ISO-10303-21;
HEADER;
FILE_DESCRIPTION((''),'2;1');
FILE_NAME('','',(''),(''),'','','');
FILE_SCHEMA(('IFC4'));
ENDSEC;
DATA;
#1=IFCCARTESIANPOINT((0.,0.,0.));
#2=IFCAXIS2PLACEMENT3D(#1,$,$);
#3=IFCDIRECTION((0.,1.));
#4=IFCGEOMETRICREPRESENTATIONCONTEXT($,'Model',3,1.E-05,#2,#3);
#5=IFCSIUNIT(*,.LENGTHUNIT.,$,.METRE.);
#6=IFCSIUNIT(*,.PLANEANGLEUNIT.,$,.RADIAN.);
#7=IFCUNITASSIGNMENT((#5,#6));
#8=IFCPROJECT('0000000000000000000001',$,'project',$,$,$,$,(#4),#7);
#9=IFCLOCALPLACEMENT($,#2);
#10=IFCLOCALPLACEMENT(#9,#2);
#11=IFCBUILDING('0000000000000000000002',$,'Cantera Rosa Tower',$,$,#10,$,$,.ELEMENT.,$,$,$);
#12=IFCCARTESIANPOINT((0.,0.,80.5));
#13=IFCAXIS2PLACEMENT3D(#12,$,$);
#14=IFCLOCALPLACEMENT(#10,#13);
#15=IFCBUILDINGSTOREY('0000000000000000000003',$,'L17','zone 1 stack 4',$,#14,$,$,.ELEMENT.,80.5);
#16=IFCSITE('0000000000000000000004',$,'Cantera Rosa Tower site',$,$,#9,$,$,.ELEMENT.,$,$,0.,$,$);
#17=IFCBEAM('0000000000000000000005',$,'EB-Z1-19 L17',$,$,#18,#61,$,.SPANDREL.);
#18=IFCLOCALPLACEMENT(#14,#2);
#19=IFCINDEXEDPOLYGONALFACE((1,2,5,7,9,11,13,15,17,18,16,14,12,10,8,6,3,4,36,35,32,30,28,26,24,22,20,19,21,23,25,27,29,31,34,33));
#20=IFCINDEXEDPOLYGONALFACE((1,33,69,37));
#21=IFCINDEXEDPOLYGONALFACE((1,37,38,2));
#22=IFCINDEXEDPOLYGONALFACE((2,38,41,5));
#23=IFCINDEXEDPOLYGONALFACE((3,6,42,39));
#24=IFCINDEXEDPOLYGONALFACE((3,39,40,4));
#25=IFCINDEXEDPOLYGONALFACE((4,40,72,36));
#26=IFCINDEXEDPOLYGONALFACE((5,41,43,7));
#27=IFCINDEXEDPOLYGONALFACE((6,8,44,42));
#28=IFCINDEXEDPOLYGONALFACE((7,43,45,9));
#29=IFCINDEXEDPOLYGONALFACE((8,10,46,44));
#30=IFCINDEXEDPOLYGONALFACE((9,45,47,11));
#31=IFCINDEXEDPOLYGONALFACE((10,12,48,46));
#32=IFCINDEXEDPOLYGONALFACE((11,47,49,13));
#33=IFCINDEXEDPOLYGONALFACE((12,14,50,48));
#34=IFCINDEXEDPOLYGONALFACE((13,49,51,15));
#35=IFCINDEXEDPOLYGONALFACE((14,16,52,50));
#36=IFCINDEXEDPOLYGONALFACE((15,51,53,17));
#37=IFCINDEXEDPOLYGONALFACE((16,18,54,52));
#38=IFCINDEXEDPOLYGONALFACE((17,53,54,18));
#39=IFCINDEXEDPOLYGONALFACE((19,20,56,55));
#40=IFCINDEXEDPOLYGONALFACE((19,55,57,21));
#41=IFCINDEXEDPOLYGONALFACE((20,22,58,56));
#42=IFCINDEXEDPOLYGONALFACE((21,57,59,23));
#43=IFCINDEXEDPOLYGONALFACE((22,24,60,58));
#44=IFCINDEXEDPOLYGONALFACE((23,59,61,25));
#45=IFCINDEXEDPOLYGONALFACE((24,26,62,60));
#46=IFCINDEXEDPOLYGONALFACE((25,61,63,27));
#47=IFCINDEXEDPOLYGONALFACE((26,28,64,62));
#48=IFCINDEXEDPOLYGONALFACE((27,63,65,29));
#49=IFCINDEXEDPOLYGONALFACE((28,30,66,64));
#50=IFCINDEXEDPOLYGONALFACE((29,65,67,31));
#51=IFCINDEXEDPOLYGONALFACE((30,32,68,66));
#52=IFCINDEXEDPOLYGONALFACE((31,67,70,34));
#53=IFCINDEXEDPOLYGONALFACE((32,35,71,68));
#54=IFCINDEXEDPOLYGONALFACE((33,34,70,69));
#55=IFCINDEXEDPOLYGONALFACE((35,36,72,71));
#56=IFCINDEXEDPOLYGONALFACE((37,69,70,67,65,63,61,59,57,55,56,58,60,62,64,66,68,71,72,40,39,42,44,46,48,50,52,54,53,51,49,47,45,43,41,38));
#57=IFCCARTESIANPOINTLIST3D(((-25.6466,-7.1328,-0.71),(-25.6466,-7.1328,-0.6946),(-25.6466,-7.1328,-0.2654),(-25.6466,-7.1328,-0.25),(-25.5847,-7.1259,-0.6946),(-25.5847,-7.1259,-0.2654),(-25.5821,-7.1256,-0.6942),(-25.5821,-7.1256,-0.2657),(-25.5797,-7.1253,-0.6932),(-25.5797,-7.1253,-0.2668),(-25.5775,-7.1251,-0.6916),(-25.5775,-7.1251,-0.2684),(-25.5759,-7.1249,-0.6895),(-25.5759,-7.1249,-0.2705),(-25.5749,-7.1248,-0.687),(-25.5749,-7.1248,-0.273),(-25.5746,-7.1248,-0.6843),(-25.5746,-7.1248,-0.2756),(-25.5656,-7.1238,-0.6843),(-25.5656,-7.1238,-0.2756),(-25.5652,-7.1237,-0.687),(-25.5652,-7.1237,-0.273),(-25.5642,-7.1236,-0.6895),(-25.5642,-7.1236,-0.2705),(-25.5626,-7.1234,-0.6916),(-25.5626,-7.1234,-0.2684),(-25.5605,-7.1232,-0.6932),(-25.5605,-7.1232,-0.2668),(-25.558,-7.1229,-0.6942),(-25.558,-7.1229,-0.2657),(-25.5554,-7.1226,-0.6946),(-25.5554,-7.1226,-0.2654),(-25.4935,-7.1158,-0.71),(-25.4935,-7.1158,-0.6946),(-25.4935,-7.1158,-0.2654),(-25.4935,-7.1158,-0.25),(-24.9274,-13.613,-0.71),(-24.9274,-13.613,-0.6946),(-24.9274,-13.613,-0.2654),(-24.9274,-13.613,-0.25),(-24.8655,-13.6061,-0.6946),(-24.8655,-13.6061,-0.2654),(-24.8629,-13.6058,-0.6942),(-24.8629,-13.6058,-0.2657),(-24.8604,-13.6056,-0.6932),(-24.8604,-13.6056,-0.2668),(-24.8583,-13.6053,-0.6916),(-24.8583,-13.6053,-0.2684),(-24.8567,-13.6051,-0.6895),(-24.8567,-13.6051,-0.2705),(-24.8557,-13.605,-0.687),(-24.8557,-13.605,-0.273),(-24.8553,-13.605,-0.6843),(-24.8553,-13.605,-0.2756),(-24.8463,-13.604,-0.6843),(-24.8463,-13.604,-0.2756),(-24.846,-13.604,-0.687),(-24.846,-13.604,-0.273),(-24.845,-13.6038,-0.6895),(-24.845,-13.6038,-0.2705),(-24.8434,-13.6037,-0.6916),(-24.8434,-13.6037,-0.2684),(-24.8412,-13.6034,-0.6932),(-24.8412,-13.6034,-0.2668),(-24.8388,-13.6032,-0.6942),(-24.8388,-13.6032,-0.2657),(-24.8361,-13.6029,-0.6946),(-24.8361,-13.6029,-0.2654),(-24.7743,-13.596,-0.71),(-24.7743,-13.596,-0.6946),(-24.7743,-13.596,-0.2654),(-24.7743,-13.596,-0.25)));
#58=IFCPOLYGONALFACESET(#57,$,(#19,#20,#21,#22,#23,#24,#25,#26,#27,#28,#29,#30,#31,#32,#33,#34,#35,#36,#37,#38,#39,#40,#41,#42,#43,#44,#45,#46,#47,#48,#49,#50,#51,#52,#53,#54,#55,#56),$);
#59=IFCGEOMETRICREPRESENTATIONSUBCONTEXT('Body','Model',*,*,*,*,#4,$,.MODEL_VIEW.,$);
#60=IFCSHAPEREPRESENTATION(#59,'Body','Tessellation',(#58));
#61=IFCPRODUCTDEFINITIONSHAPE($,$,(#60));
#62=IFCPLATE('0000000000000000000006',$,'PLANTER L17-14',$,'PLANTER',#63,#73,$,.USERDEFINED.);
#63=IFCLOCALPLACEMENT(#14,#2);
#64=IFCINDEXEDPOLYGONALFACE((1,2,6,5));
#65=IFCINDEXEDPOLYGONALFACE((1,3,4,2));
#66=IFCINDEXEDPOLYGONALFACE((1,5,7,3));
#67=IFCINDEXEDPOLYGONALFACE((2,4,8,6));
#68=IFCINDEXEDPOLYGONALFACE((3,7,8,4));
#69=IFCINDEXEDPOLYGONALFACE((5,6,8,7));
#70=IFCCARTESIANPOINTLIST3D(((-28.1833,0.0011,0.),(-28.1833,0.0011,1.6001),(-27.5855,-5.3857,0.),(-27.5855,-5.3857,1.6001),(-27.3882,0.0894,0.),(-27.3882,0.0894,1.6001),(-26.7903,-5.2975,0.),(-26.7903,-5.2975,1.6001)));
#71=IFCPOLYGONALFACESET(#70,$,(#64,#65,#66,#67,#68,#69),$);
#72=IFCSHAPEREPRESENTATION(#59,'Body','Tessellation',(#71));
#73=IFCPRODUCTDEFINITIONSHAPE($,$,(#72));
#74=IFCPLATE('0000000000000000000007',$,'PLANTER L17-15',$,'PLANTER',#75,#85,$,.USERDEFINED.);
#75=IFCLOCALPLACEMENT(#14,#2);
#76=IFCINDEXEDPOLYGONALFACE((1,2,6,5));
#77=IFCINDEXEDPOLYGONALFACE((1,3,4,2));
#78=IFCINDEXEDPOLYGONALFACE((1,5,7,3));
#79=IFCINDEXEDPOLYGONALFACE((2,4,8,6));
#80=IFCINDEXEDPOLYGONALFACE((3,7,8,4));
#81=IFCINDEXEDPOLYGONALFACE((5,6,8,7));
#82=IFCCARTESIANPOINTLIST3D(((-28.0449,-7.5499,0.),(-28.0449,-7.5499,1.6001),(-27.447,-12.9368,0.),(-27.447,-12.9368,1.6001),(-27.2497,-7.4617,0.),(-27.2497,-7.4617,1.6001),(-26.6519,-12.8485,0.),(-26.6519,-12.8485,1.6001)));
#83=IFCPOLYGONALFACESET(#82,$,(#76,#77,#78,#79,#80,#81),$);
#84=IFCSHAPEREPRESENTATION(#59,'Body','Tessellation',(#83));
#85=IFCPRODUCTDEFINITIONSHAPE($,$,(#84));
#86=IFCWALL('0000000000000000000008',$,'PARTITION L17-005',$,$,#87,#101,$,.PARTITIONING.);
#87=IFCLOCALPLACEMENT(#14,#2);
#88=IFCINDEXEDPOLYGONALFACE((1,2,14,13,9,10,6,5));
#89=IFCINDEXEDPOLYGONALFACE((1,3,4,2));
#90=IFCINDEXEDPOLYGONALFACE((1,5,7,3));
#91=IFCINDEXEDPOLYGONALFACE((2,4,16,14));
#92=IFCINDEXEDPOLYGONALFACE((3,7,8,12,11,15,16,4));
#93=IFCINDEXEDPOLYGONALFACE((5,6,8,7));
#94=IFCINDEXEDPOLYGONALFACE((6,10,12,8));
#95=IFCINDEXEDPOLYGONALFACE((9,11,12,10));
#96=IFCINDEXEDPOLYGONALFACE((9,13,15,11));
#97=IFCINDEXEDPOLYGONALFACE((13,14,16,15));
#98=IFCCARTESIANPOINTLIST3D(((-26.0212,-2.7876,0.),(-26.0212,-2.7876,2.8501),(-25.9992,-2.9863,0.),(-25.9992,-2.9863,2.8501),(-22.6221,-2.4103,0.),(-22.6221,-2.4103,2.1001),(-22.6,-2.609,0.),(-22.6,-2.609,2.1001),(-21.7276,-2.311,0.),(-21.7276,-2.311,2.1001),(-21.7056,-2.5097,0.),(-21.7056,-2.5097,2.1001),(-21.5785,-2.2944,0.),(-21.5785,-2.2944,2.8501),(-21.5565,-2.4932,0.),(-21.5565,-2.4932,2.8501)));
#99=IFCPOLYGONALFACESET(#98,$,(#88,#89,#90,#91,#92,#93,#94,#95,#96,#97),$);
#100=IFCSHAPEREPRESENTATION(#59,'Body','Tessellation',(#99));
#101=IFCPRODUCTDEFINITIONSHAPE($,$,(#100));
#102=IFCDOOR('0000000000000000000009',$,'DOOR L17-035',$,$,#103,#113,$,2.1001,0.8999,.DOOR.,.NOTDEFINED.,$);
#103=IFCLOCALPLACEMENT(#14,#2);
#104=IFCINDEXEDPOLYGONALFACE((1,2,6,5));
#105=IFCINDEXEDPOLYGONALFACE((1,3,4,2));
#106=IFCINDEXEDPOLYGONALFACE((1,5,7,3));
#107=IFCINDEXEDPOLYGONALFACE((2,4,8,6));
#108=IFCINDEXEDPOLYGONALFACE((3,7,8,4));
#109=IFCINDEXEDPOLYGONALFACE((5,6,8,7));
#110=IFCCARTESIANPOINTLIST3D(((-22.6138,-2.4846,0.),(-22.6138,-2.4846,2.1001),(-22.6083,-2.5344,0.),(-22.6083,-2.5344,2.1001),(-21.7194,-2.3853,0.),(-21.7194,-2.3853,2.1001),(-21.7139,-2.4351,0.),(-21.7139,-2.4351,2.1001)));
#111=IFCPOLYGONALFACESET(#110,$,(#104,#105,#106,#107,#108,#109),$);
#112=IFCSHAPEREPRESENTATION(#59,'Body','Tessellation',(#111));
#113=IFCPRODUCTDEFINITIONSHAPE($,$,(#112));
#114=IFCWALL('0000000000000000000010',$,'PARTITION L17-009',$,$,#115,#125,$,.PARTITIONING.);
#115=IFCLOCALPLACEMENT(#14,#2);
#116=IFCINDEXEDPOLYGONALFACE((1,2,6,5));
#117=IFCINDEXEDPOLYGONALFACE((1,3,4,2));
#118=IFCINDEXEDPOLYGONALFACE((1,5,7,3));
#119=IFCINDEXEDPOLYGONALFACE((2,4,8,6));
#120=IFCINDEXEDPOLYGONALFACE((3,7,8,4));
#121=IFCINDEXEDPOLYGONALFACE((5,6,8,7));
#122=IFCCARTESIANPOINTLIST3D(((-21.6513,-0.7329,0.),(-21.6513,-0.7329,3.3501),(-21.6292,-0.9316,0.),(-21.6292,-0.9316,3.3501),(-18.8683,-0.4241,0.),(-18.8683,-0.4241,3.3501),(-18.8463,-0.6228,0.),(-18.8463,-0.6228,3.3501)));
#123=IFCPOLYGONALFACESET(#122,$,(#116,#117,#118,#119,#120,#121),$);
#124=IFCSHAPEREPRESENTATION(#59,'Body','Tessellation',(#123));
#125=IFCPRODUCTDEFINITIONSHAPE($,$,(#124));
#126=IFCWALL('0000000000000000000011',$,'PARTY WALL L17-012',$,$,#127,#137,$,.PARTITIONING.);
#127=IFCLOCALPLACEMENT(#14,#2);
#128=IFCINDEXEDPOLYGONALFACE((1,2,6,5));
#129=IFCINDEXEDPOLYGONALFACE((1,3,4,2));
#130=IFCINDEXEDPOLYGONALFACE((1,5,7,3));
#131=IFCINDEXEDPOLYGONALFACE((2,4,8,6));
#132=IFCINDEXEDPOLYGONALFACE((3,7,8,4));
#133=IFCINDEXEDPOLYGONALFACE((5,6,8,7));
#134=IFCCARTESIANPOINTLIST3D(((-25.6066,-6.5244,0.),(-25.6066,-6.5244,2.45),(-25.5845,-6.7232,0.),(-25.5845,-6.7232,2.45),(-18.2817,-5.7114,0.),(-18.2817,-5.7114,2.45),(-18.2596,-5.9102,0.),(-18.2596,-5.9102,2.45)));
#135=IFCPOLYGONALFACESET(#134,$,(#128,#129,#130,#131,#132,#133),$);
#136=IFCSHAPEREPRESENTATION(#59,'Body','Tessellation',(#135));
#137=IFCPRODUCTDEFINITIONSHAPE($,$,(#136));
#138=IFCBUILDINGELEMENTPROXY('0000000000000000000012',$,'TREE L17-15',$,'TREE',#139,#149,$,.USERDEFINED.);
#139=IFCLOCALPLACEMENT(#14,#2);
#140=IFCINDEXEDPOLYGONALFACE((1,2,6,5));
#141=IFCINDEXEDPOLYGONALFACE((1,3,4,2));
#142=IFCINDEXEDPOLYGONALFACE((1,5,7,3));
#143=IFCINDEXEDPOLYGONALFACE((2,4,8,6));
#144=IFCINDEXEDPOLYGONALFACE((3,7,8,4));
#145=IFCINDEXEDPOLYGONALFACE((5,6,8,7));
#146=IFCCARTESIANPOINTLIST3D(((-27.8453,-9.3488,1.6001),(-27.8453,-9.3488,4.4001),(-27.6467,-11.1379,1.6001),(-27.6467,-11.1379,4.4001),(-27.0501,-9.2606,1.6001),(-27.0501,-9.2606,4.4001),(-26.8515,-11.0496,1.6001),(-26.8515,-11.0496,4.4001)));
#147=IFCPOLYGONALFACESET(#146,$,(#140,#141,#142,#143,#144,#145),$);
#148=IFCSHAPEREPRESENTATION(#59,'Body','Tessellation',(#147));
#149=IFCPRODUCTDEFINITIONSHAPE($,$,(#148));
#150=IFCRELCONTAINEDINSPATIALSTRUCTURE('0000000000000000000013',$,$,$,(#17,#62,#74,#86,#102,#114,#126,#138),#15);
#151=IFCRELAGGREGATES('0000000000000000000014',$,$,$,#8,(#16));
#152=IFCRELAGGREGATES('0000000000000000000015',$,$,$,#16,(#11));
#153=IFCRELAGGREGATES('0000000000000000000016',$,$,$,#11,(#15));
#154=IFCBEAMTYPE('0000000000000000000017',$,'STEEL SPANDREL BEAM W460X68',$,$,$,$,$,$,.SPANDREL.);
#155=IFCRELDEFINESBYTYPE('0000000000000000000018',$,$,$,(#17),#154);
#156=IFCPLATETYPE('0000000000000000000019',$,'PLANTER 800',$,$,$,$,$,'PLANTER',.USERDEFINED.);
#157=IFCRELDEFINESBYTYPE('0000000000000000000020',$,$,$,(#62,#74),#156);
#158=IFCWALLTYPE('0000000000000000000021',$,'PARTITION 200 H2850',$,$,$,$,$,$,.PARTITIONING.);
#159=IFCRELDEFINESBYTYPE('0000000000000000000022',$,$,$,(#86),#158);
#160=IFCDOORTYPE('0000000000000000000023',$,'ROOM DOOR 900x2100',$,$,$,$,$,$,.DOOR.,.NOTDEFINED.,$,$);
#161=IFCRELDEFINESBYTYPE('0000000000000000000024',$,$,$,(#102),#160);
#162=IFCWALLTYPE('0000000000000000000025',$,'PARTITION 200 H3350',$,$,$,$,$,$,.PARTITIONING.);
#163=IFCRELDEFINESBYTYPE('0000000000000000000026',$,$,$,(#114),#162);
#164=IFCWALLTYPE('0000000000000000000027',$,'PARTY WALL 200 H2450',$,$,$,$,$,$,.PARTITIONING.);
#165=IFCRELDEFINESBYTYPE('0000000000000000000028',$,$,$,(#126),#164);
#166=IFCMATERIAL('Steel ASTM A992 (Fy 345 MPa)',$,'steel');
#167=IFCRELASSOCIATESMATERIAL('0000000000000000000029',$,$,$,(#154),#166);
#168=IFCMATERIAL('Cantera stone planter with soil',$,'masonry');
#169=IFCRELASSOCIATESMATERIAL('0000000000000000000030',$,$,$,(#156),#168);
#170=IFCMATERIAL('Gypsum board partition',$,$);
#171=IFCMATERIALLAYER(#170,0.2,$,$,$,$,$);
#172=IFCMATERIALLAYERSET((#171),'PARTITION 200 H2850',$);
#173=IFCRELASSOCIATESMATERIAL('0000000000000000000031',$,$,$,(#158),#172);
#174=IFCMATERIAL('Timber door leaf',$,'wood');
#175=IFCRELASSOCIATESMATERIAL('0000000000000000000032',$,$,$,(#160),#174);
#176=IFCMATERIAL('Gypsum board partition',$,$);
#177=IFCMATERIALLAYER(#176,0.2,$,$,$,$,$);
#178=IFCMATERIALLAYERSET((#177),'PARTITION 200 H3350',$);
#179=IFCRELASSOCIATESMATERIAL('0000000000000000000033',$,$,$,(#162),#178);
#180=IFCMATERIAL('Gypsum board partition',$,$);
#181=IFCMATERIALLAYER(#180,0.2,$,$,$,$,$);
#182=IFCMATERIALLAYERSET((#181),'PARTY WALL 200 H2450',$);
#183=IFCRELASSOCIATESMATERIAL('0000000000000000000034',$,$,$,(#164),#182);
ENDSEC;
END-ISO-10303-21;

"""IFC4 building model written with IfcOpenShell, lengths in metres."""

from ifc_helpers import new_model, si_unit, direction, frame, frame_2d, origin, origin_2d, place, context, subcontext, project, spatial, rectangle, i_section, extrude, material, layer, layer_set, material_profile, profile_set, type_object, element, fill, save


model = new_model("IFC4")

# Units and contexts
model_context = context("Model", 3, precision=1e-05, world=origin(), true_north=direction((0.0, 1.0)))
body_context = subcontext(model_context, "Body", "Model", "MODEL_VIEW")
ifc_project = project(units=[si_unit("LENGTHUNIT", "METRE"), si_unit("PLANEANGLEUNIT", "RADIAN")], contexts=[model_context])

# Site, building, storey
site_placement = place(None, origin())
site = spatial("IfcSite", under=ifc_project, at=site_placement, Name="Cantera Rosa Tower site", CompositionType="ELEMENT", RefElevation=0.0)
building_placement = place(site_placement, origin())
building = spatial("IfcBuilding", under=site, at=building_placement, Name="Cantera Rosa Tower", CompositionType="ELEMENT")
storey_placement = place(building_placement, frame((0.0, 0.0, 80.5)))
storey = spatial("IfcBuildingStorey", under=building, at=storey_placement, Name="L17", Description="zone 1 stack 4", CompositionType="ELEMENT", Elevation=80.5)

# Beam
ifc_material_1 = material(Name="Steel ASTM A992 (Fy 345 MPa)", Category="steel")
ifc_material_profile_1 = material_profile(ifc_material_1, i_section(OverallWidth=0.1541, OverallDepth=0.46, WebThickness=0.009, FlangeThickness=0.0154, FilletRadius=0.0103, at=origin_2d()), Name="W460X68")
ifc_profile_set_1 = profile_set([ifc_material_profile_1], Name="Steel ASTM A992 (Fy 345 MPa)")
beam_type_1 = type_object("IfcBeamType", Name="STEEL SPANDREL BEAM W460X68", PredefinedType="SPANDREL", material=ifc_profile_set_1)
for number, where, z_axis, x_axis, name in (
    (1, (-25.5701, -7.1243, -0.48), (0.110312, -0.993897, 0.0), (0.993897, 0.110312, 0.0), "EB-Z1-19 L17"),
):
    element("IfcBeam", number, at=place(storey_placement, frame(where, z_axis=z_axis, x_axis=x_axis)), inside=storey, type_object=beam_type_1, Name=name, PredefinedType="SPANDREL", context=body_context, shape_type="SweptSolid", body=[
        extrude(i_section(OverallWidth=0.1541, OverallDepth=0.46, WebThickness=0.009, FlangeThickness=0.0154, FilletRadius=0.0103, at=origin_2d()), origin(), (0.0, 0.0, 1.0), 6.52),
    ])

# Plates
ifc_material_2 = material(Name="Cantera stone planter with soil", Category="masonry")
plate_type = type_object("IfcPlateType", Name="PLANTER 800", ElementType="PLANTER", PredefinedType="USERDEFINED", material=ifc_material_2)
for number, where, z_axis, x_axis, name in (
    (2, (-27.4868, -2.6482, 0.0), (0.0, 0.0, 1.0), (0.110313, -0.993897, 0.0), "PLANTER L17-14"),
    (3, (-27.3484, -10.1992, 0.0), (0.0, 0.0, 1.0), (0.110313, -0.993897, 0.0), "PLANTER L17-15"),
):
    element("IfcPlate", number, at=place(storey_placement, frame(where, z_axis=z_axis, x_axis=x_axis)), inside=storey, type_object=plate_type, Name=name, ObjectType="PLANTER", PredefinedType="USERDEFINED", context=body_context, shape_type="SweptSolid", body=[
        extrude(rectangle(XDim=5.4199, YDim=0.8, at=origin_2d()), origin(), (0.0, 0.0, 1.0), 1.6001),
    ])

# Wall, opening, door
ifc_material_3 = material(Name="Gypsum board partition")
ifc_layer_1 = layer(ifc_material_3, 0.2)
ifc_layer_set_1 = layer_set([ifc_layer_1], Name="PARTITION 200 H2850")
wall_type_1 = type_object("IfcWallType", Name="PARTITION 200 H2850", PredefinedType="PARTITIONING", material=ifc_layer_set_1)
wall_1_placement = place(storey_placement, frame((-21.5676, -2.3938, 0.0), z_axis=(0.0, 0.0, 1.0), x_axis=(-0.993895, -0.11033, 0.0)))
wall_1 = element("IfcWall", 4, at=wall_1_placement, inside=storey, type_object=wall_type_1, Name="PARTITION L17-005", PredefinedType="PARTITIONING", context=body_context, shape_type="SweptSolid", body=[
    extrude(rectangle(XDim=4.47, YDim=0.2, at=frame_2d((2.2349, 0.0))), origin(), (0.0, 0.0, 1.0), 2.8501),
])
opening_1_placement = place(wall_1_placement, frame((0.1499, 0.0, 0.0)))
opening_1 = element("IfcOpeningElement", 5, at=opening_1_placement, cuts=wall_1, PredefinedType="OPENING", context=body_context, shape_type="SweptSolid", body=[
    extrude(rectangle(XDim=0.8999, YDim=2.1001, at=frame_2d((0.45, 1.05))), frame((0.0, 0.1099, 0.0), z_axis=(0.0, -1.0, 0.0), x_axis=(1.0, 0.0, 0.0)), (0.0, 0.0, 1.0), 0.22),
])
ifc_material_4 = material(Name="Timber door leaf", Category="wood")
door_type_1 = type_object("IfcDoorType", Name="ROOM DOOR 900x2100", OperationType="NOTDEFINED", PredefinedType="DOOR", material=ifc_material_4)
door_1_placement = place(opening_1_placement, origin())
door_1 = element("IfcDoor", 6, at=door_1_placement, inside=storey, type_object=door_type_1, Name="DOOR L17-035", OperationType="NOTDEFINED", OverallHeight=2.1001, OverallWidth=0.8999, PredefinedType="DOOR", context=body_context, shape_type="SweptSolid", body=[
    extrude(rectangle(XDim=0.8999, YDim=2.1001, at=frame_2d((0.45, 1.05))), frame((0.0, 0.0249, 0.0), z_axis=(0.0, -1.0, 0.0), x_axis=(1.0, 0.0, 0.0)), (0.0, 0.0, 1.0), 0.05),
])
fill(opening_1, door_1)

# Walls
ifc_material_5 = material(Name="Gypsum board partition")
ifc_layer_2 = layer(ifc_material_5, 0.2)
ifc_layer_set_2 = layer_set([ifc_layer_2], Name="PARTITION 200 H3350")
wall_type_2 = type_object("IfcWallType", Name="PARTITION 200 H3350", PredefinedType="PARTITIONING", material=ifc_layer_set_2)
wall_2_placement = place(storey_placement, frame((-18.8574, -0.5234, 0.0), z_axis=(0.0, 0.0, 1.0), x_axis=(-0.993899, -0.110298, 0.0)))
element("IfcWall", 7, at=wall_2_placement, inside=storey, type_object=wall_type_2, Name="PARTITION L17-009", PredefinedType="PARTITIONING", context=body_context, shape_type="SweptSolid", body=[
    extrude(rectangle(XDim=2.8, YDim=0.2, at=frame_2d((1.3999, 0.0))), origin(), (0.0, 0.0, 1.0), 3.3501),
])
ifc_material_6 = material(Name="Gypsum board partition")
ifc_layer_3 = layer(ifc_material_6, 0.2)
ifc_layer_set_3 = layer_set([ifc_layer_3], Name="PARTY WALL 200 H2450")
wall_type_3 = type_object("IfcWallType", Name="PARTY WALL 200 H2450", PredefinedType="PARTITIONING", material=ifc_layer_set_3)
wall_3_placement = place(storey_placement, frame((-18.2705, -5.8108, 0.0), z_axis=(0.0, 0.0, 1.0), x_axis=(-0.993897, -0.110312, 0.0)))
element("IfcWall", 8, at=wall_3_placement, inside=storey, type_object=wall_type_3, Name="PARTY WALL L17-012", PredefinedType="PARTITIONING", context=body_context, shape_type="SweptSolid", body=[
    extrude(rectangle(XDim=7.3699, YDim=0.2, at=frame_2d((3.6851, 0.0))), origin(), (0.0, 0.0, 1.0), 2.45),
])

# Building element proxy
proxy_placement = place(storey_placement, frame((-27.3484, -10.1992, 1.6001), z_axis=(0.0, 0.0, 1.0), x_axis=(0.110313, -0.993897, 0.0)))
element("IfcBuildingElementProxy", 9, at=proxy_placement, inside=storey, Name="TREE L17-15", ObjectType="TREE", PredefinedType="USERDEFINED", context=body_context, shape_type="SweptSolid", body=[
    extrude(rectangle(XDim=1.8, YDim=0.8, at=origin_2d()), origin(), (0.0, 0.0, 1.0), 2.8),
])

save(model, "model.ifc")
